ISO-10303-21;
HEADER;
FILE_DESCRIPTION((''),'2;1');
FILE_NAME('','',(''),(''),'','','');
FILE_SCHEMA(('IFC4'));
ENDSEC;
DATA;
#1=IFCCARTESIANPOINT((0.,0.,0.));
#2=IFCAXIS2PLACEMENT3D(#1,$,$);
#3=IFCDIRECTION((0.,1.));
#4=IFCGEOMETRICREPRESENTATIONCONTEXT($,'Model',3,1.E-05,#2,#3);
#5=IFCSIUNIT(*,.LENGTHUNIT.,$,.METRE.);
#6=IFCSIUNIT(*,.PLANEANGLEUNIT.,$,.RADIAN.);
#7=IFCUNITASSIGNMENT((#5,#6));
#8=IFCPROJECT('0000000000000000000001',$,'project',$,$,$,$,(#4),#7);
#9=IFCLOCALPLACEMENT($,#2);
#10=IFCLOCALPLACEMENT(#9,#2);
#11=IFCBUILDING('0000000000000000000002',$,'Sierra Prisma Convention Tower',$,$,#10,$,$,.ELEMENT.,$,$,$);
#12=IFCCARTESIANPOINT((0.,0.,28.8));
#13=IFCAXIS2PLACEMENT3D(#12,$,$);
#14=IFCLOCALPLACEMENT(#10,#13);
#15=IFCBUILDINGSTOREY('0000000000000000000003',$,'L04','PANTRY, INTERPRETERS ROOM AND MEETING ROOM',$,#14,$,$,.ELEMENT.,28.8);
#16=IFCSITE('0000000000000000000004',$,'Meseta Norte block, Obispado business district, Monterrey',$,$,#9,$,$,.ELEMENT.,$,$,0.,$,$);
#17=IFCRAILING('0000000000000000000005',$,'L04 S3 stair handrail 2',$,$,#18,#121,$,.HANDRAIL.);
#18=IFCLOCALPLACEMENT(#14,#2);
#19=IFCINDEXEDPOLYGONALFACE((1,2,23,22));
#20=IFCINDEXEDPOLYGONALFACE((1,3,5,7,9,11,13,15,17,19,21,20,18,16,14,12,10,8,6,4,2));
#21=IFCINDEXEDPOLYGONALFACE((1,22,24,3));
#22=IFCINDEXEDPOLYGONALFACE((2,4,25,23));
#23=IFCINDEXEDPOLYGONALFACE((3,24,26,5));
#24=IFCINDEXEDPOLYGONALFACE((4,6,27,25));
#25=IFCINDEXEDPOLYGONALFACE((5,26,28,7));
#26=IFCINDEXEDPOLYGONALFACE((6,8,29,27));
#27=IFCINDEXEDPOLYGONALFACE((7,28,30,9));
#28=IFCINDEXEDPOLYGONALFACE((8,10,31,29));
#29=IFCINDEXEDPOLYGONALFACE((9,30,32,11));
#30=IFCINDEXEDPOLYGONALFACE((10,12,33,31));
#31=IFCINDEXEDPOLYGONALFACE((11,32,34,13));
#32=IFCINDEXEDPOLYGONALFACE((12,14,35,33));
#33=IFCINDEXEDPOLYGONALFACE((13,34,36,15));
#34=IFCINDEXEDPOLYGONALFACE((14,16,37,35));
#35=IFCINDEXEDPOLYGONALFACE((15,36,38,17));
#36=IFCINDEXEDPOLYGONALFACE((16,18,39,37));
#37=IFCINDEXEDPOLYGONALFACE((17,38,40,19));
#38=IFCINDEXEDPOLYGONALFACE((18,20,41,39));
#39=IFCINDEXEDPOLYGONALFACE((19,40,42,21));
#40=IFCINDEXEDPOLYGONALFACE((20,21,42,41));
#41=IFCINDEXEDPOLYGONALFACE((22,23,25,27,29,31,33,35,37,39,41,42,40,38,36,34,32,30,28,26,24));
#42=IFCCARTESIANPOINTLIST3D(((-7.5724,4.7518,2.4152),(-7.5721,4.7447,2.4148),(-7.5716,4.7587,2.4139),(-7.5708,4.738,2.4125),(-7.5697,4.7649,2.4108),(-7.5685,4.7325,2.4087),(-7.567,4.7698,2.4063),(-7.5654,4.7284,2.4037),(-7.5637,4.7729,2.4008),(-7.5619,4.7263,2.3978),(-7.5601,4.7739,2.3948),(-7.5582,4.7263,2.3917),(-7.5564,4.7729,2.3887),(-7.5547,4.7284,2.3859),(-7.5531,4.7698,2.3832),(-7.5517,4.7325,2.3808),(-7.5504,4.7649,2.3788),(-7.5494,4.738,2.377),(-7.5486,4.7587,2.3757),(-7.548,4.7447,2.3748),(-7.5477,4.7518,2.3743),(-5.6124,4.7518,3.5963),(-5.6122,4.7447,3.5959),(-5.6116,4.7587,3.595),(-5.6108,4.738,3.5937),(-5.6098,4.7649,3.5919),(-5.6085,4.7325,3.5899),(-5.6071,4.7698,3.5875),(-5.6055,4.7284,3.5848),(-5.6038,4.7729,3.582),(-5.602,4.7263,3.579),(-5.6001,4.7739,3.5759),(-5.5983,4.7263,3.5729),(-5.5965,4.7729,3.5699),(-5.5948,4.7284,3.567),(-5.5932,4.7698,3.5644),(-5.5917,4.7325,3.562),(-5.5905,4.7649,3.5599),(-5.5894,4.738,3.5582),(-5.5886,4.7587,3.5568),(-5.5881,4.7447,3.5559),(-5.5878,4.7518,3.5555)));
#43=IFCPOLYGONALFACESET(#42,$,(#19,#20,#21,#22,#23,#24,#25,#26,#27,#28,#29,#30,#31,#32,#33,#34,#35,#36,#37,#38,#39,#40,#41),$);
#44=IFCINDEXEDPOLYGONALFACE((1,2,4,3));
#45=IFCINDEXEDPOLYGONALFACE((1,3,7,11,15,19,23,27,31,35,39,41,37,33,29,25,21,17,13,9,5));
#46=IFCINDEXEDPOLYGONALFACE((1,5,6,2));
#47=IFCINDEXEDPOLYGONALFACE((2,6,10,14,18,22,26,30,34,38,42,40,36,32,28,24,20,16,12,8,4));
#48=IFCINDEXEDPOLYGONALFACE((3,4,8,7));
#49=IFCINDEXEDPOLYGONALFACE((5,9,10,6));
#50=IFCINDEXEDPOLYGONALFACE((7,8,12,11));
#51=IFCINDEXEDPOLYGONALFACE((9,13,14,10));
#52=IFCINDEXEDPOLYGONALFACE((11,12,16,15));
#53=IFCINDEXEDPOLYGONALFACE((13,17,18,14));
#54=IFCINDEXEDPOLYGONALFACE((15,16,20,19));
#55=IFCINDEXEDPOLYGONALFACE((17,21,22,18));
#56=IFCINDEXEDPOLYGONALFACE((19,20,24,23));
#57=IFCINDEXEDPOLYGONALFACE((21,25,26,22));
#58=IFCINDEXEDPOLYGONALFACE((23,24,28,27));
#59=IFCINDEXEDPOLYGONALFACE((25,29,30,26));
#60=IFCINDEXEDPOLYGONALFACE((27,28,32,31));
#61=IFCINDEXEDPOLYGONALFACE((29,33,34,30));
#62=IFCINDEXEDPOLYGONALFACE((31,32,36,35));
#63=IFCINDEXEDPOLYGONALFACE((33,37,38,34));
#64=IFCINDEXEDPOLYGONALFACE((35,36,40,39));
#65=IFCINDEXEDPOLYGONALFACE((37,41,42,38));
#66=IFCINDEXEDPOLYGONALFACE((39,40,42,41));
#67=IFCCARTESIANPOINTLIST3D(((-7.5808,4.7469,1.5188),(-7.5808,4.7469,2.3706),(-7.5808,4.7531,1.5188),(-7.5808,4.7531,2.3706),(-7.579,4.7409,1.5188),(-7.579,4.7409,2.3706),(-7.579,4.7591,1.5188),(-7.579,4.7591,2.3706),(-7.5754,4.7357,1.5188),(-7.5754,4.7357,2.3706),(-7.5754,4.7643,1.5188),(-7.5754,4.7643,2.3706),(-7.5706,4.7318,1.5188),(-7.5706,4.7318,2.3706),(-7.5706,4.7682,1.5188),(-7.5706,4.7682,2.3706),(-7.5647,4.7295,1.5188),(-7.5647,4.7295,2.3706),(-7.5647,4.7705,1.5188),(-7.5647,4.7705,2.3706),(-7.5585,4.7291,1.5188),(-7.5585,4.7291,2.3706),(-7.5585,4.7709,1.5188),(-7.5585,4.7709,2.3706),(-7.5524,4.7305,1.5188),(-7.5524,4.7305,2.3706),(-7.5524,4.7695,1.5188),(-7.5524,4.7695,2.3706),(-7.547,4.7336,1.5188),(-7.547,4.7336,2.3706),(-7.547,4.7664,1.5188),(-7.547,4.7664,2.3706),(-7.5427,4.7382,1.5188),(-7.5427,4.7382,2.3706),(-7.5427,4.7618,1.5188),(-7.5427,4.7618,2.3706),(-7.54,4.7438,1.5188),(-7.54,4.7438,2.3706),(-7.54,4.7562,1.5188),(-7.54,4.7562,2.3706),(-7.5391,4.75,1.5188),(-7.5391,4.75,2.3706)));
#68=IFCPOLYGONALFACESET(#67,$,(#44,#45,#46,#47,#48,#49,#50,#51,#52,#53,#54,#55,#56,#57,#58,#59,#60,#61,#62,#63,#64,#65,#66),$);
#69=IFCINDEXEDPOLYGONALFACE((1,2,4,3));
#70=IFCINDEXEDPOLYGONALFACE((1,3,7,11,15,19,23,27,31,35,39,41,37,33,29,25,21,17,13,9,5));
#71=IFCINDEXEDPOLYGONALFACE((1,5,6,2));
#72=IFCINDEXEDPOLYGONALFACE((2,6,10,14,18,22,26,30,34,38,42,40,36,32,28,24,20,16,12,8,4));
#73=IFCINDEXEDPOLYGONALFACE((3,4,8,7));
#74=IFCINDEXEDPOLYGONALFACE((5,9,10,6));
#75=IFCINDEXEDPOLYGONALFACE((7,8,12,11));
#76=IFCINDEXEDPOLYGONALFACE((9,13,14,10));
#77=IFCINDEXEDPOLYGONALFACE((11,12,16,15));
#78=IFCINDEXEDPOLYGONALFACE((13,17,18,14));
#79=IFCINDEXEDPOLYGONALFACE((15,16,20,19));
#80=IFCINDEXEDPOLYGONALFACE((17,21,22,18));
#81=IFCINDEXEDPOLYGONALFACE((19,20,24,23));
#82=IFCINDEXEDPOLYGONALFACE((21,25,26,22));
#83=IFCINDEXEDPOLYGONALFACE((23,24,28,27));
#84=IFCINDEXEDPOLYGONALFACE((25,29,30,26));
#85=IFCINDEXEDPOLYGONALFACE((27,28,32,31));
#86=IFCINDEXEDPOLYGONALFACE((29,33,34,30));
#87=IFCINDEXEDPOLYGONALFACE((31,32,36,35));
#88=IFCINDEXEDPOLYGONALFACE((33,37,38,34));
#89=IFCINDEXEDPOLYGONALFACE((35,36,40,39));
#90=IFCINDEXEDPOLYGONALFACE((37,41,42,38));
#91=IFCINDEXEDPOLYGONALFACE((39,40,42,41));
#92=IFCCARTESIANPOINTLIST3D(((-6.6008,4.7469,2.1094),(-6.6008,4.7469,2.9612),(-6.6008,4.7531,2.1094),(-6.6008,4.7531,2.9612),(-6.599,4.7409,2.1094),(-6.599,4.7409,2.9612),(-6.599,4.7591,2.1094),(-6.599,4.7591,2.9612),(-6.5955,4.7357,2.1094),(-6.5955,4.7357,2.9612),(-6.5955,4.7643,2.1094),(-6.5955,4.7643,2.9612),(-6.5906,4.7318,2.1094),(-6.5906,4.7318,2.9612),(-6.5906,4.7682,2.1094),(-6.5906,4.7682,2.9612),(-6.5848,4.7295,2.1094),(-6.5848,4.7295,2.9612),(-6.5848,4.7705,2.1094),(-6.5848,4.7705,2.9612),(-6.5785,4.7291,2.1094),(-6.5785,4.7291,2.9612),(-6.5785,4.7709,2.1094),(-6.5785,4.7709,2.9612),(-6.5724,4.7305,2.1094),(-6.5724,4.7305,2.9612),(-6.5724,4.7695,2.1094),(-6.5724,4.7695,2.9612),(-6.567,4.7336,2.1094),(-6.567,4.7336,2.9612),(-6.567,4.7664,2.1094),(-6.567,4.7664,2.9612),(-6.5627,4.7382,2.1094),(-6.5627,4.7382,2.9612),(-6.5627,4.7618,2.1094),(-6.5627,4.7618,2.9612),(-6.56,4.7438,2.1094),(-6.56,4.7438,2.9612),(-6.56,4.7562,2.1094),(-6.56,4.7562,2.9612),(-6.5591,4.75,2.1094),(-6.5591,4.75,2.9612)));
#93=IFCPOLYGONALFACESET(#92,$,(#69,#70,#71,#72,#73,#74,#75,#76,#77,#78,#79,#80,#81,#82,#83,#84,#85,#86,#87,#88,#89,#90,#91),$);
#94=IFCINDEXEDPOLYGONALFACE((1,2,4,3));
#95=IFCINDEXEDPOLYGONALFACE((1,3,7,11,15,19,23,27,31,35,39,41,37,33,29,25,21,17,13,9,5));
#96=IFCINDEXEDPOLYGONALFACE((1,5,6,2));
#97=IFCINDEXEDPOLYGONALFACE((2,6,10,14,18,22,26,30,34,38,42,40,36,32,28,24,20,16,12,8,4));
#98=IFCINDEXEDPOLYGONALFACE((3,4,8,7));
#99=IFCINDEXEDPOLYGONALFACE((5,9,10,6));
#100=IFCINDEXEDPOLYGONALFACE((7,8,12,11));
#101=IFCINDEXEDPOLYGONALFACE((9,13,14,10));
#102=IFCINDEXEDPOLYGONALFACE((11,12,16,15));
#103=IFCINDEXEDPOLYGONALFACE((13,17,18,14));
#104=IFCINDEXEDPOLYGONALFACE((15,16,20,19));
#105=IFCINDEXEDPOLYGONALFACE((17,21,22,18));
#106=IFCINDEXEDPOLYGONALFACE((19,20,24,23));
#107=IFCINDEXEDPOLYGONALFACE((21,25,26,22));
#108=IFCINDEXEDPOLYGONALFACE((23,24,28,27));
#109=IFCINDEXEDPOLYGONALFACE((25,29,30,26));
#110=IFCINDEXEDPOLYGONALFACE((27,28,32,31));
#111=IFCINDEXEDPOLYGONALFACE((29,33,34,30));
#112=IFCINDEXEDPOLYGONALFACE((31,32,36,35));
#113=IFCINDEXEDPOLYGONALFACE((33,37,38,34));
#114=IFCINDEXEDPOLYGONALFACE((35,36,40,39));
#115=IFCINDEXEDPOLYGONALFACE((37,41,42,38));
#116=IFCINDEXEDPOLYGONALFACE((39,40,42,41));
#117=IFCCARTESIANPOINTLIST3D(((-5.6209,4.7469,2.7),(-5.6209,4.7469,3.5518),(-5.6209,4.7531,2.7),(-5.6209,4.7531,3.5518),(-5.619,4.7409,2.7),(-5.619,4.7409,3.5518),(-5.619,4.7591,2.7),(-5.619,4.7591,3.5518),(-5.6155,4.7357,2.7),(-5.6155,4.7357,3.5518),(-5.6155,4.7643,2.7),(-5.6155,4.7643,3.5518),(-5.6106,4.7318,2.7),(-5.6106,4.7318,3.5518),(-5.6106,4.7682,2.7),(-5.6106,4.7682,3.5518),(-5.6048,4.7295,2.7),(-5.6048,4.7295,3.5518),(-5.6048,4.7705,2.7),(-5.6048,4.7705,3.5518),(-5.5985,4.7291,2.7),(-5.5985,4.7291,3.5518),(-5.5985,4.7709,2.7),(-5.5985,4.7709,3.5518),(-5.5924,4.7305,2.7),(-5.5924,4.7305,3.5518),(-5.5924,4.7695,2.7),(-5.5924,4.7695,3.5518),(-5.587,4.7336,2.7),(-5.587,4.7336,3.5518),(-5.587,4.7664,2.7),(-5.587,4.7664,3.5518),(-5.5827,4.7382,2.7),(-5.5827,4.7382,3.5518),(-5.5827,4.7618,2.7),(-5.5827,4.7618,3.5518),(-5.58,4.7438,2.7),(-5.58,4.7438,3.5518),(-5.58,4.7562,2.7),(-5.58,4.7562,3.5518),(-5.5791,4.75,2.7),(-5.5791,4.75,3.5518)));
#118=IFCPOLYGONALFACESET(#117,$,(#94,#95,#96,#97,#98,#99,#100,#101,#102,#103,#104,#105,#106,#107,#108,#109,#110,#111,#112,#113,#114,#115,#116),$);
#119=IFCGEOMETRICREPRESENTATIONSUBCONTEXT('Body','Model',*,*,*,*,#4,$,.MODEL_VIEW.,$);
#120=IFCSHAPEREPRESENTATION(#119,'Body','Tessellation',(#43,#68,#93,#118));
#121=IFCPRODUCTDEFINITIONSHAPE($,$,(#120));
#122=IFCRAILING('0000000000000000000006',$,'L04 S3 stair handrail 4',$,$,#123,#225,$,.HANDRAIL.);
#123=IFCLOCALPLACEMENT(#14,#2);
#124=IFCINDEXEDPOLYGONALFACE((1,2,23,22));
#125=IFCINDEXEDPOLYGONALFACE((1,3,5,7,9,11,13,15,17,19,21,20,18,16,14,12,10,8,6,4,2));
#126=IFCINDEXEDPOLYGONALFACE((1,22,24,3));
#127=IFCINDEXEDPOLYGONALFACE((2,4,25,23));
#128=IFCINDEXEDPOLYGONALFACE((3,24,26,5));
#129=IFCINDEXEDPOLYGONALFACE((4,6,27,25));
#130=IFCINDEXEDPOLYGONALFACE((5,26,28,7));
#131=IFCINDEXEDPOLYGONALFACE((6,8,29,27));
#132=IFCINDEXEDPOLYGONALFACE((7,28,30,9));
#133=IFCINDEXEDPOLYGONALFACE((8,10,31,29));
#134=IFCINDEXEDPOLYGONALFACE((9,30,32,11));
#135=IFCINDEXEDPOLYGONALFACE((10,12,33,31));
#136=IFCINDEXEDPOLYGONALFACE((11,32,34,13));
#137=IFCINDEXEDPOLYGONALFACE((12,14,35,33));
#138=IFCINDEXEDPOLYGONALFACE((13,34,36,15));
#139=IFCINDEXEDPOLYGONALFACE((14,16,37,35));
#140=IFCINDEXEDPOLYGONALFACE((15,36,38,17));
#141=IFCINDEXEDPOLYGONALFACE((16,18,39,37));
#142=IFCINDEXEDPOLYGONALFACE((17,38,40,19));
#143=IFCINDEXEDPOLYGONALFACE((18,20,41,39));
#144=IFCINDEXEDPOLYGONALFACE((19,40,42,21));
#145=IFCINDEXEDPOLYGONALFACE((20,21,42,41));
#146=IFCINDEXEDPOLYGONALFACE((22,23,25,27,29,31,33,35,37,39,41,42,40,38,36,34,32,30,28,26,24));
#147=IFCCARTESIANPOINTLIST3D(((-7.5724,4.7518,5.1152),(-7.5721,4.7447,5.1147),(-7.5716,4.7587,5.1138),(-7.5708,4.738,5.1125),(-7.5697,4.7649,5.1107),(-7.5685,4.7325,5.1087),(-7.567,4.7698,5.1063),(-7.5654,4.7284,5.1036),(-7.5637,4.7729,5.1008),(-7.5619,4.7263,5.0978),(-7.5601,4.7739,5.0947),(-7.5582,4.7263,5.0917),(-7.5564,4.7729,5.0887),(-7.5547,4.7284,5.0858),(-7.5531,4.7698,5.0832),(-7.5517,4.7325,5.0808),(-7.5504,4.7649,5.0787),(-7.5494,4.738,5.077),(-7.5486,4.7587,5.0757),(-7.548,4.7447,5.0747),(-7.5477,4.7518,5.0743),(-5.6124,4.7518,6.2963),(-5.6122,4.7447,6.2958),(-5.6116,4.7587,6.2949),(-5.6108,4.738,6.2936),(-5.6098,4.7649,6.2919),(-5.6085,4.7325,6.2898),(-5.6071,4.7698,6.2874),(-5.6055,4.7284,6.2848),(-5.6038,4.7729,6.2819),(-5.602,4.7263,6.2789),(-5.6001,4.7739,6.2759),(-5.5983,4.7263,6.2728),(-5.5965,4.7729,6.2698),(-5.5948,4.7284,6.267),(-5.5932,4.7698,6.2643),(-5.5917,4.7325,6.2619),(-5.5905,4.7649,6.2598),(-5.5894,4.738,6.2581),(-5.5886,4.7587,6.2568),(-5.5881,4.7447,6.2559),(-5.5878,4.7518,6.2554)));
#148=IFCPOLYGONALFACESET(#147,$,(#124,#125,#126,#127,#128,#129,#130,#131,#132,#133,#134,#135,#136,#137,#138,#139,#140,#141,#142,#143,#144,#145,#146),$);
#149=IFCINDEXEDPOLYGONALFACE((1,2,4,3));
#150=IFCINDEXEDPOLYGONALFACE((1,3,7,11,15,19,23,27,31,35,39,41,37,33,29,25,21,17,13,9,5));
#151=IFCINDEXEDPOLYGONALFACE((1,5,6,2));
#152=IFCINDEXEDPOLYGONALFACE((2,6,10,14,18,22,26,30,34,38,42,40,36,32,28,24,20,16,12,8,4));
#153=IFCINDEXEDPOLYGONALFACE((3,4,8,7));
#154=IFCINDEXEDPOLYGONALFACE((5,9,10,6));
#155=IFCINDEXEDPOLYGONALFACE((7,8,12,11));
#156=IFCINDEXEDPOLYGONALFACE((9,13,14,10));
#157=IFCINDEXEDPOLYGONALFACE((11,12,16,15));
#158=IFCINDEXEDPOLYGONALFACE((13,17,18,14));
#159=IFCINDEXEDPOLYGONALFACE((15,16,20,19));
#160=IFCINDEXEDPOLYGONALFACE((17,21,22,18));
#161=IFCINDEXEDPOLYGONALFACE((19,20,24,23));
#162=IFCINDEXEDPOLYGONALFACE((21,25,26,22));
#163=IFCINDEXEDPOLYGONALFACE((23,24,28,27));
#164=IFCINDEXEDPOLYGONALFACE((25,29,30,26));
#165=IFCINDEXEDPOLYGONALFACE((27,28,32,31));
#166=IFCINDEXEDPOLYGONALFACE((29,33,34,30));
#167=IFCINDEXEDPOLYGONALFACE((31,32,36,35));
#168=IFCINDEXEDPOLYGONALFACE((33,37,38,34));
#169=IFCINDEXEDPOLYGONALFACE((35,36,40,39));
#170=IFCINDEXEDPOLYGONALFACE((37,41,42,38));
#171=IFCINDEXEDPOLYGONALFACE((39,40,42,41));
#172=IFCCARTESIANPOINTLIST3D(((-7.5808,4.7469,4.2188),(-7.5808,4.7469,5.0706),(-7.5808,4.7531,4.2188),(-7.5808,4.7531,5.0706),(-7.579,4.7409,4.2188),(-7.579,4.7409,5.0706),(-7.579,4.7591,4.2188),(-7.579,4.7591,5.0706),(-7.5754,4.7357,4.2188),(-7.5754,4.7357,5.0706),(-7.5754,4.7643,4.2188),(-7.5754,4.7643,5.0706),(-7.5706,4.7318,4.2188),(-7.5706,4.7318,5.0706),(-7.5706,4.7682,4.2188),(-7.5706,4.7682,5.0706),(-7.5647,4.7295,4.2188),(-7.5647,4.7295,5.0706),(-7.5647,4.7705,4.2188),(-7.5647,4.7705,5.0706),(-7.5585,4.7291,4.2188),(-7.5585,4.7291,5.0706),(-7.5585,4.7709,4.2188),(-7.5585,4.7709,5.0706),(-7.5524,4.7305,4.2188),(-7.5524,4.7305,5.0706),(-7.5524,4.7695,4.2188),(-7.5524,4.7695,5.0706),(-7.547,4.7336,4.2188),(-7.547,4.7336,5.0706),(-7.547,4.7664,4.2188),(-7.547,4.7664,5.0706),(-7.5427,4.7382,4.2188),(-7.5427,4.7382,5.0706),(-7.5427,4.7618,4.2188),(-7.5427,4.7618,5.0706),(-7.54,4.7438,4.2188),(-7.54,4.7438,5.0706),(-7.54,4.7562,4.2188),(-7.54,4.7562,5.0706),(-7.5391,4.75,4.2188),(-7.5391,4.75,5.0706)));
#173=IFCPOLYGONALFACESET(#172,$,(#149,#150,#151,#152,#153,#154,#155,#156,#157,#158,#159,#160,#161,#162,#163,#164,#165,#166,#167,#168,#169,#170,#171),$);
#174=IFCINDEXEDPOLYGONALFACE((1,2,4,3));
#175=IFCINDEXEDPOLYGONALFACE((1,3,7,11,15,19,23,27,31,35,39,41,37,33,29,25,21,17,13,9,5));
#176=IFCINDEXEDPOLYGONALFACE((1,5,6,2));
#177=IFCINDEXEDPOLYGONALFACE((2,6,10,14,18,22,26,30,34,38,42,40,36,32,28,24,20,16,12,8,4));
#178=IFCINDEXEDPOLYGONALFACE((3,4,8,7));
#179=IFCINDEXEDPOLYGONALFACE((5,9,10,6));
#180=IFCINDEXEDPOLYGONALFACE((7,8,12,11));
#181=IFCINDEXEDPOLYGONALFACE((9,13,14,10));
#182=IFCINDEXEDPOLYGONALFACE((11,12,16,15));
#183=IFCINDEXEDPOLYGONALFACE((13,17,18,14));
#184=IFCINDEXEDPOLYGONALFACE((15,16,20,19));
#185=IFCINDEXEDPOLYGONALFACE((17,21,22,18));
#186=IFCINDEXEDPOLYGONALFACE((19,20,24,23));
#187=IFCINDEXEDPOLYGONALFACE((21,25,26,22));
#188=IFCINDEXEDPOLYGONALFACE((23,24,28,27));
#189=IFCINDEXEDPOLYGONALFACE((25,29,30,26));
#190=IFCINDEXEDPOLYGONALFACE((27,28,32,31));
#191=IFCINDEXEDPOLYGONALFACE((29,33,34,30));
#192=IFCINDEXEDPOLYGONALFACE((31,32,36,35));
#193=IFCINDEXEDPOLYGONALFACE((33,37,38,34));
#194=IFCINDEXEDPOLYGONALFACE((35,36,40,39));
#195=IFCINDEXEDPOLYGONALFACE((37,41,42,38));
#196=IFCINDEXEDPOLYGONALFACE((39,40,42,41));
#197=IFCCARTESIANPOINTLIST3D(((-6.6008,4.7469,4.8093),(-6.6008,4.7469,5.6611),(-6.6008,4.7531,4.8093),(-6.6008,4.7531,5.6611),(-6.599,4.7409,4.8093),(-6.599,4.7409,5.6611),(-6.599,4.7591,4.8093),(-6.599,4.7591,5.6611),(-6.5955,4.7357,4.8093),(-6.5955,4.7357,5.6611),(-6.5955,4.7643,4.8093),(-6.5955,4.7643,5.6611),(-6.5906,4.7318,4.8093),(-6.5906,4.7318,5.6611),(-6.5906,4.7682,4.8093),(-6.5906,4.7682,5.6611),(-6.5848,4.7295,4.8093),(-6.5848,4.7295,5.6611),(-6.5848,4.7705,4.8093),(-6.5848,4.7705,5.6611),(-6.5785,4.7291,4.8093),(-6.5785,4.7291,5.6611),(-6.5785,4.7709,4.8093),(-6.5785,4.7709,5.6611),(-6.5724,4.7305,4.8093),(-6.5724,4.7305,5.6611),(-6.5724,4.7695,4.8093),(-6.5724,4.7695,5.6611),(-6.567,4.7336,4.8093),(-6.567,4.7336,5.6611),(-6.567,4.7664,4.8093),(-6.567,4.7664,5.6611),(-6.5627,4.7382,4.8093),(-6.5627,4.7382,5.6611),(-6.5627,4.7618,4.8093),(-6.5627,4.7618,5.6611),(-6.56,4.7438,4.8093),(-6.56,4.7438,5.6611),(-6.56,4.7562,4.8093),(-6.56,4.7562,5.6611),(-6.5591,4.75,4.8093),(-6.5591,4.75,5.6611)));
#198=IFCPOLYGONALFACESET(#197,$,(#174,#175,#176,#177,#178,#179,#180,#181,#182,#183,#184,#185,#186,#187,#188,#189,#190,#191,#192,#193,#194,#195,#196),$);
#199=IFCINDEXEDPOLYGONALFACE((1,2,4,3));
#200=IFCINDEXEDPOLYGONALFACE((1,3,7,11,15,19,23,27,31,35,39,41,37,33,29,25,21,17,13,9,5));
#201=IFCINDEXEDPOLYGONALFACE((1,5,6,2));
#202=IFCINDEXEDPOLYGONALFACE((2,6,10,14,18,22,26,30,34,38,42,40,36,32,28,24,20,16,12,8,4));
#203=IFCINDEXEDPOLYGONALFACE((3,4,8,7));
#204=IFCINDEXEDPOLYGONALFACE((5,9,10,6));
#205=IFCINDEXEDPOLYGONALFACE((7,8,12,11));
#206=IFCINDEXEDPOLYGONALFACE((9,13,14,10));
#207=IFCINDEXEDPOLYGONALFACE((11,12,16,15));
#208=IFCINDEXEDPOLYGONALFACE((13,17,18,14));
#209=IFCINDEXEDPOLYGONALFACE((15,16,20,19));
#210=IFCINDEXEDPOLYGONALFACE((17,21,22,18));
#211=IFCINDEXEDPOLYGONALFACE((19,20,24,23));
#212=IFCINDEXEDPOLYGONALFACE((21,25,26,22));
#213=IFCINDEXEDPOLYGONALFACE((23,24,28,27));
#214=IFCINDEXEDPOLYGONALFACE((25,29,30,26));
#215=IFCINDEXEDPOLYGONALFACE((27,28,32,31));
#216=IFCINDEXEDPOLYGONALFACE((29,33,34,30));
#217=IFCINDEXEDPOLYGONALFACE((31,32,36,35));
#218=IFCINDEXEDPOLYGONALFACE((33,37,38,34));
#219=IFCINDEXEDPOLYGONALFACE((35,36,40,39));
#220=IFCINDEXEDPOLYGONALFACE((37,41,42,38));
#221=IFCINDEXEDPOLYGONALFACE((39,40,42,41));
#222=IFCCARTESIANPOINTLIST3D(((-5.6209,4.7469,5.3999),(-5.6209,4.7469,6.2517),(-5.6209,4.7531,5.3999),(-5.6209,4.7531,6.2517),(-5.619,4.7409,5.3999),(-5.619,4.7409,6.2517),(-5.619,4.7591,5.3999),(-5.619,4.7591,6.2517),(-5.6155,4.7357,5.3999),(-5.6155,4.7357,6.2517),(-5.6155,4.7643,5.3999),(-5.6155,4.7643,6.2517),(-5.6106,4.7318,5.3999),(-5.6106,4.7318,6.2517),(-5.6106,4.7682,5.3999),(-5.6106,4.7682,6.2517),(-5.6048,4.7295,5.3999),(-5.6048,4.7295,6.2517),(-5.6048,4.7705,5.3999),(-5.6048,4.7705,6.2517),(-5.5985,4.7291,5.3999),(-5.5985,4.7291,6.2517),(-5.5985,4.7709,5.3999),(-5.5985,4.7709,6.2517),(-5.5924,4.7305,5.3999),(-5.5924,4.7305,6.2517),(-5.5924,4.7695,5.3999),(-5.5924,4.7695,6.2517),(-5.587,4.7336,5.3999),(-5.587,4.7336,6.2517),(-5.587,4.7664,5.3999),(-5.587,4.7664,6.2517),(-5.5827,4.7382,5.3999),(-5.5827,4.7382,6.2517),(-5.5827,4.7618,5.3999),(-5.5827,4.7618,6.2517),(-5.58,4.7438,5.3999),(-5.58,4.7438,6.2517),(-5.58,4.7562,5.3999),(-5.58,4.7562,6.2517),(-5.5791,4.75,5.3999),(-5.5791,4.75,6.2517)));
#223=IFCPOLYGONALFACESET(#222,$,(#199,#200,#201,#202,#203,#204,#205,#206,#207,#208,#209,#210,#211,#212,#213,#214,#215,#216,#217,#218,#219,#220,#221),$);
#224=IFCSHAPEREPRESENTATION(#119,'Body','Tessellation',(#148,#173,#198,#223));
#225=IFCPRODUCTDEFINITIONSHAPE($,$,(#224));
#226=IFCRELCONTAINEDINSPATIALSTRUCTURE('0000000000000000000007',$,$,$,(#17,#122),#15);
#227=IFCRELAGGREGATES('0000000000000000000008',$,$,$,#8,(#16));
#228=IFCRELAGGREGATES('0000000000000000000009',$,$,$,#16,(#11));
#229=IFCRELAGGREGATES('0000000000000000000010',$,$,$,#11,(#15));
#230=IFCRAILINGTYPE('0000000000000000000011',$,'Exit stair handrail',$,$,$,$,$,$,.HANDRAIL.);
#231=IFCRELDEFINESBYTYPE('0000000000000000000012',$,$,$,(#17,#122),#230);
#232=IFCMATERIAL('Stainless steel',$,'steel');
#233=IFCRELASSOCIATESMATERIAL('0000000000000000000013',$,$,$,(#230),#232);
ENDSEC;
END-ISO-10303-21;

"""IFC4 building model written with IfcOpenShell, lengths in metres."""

from ifc_helpers import new_model, si_unit, direction, frame, origin, origin_2d, place, context, subcontext, project, spatial, circle, extrude, material, type_object, element, save


model = new_model("IFC4")

# Units and contexts
model_context = context("Model", 3, precision=1e-05, world=origin(), true_north=direction((0.0, 1.0)))
body_context = subcontext(model_context, "Body", "Model", "MODEL_VIEW")
ifc_project = project(units=[si_unit("LENGTHUNIT", "METRE"), si_unit("PLANEANGLEUNIT", "RADIAN")], contexts=[model_context])

# Site, building, storey
site_placement = place(None, origin())
site = spatial("IfcSite", under=ifc_project, at=site_placement, Name="Meseta Norte block, Obispado business district, Monterrey", CompositionType="ELEMENT", RefElevation=0.0)
building_placement = place(site_placement, origin())
building = spatial("IfcBuilding", under=site, at=building_placement, Name="Sierra Prisma Convention Tower", CompositionType="ELEMENT")
storey_placement = place(building_placement, frame((0.0, 0.0, 28.8)))
storey = spatial("IfcBuildingStorey", under=building, at=storey_placement, Name="L04", Description="PANTRY, INTERPRETERS ROOM AND MEETING ROOM", CompositionType="ELEMENT", Elevation=28.8)

# Railings
ifc_material_1 = material(Name="Stainless steel", Category="steel")
railing_type_1 = type_object("IfcRailingType", Name="Exit stair handrail", PredefinedType="HANDRAIL", material=ifc_material_1)
for number, where, name in (
    (1, (-7.5601, 4.75, 1.5188), "L04 S3 stair handrail 2"),
    (2, (-7.5601, 4.75, 4.2188), "L04 S3 stair handrail 4"),
):
    element("IfcRailing", number, at=place(storey_placement, frame(where)), inside=storey, type_object=railing_type_1, Name=name, PredefinedType="HANDRAIL", context=body_context, shape_type="SweptSolid", body=[
        extrude(circle(Radius=0.0239, at=origin_2d()), frame((0.0, 0.0, 0.876), z_axis=(0.856493, 0.0, 0.516158), x_axis=(0.0, 1.0, 0.0)), (0.0, 0.0, 1.0), 2.2883),
        extrude(circle(Radius=0.021, at=origin_2d()), origin(), (0.0, 0.0, 1.0), 0.8518),
        extrude(circle(Radius=0.021, at=origin_2d()), frame((0.98, 0.0, 0.5906)), (0.0, 0.0, 1.0), 0.8518),
        extrude(circle(Radius=0.021, at=origin_2d()), frame((1.96, 0.0, 1.1812)), (0.0, 0.0, 1.0), 0.8518),
    ])

save(model, "model.ifc")
